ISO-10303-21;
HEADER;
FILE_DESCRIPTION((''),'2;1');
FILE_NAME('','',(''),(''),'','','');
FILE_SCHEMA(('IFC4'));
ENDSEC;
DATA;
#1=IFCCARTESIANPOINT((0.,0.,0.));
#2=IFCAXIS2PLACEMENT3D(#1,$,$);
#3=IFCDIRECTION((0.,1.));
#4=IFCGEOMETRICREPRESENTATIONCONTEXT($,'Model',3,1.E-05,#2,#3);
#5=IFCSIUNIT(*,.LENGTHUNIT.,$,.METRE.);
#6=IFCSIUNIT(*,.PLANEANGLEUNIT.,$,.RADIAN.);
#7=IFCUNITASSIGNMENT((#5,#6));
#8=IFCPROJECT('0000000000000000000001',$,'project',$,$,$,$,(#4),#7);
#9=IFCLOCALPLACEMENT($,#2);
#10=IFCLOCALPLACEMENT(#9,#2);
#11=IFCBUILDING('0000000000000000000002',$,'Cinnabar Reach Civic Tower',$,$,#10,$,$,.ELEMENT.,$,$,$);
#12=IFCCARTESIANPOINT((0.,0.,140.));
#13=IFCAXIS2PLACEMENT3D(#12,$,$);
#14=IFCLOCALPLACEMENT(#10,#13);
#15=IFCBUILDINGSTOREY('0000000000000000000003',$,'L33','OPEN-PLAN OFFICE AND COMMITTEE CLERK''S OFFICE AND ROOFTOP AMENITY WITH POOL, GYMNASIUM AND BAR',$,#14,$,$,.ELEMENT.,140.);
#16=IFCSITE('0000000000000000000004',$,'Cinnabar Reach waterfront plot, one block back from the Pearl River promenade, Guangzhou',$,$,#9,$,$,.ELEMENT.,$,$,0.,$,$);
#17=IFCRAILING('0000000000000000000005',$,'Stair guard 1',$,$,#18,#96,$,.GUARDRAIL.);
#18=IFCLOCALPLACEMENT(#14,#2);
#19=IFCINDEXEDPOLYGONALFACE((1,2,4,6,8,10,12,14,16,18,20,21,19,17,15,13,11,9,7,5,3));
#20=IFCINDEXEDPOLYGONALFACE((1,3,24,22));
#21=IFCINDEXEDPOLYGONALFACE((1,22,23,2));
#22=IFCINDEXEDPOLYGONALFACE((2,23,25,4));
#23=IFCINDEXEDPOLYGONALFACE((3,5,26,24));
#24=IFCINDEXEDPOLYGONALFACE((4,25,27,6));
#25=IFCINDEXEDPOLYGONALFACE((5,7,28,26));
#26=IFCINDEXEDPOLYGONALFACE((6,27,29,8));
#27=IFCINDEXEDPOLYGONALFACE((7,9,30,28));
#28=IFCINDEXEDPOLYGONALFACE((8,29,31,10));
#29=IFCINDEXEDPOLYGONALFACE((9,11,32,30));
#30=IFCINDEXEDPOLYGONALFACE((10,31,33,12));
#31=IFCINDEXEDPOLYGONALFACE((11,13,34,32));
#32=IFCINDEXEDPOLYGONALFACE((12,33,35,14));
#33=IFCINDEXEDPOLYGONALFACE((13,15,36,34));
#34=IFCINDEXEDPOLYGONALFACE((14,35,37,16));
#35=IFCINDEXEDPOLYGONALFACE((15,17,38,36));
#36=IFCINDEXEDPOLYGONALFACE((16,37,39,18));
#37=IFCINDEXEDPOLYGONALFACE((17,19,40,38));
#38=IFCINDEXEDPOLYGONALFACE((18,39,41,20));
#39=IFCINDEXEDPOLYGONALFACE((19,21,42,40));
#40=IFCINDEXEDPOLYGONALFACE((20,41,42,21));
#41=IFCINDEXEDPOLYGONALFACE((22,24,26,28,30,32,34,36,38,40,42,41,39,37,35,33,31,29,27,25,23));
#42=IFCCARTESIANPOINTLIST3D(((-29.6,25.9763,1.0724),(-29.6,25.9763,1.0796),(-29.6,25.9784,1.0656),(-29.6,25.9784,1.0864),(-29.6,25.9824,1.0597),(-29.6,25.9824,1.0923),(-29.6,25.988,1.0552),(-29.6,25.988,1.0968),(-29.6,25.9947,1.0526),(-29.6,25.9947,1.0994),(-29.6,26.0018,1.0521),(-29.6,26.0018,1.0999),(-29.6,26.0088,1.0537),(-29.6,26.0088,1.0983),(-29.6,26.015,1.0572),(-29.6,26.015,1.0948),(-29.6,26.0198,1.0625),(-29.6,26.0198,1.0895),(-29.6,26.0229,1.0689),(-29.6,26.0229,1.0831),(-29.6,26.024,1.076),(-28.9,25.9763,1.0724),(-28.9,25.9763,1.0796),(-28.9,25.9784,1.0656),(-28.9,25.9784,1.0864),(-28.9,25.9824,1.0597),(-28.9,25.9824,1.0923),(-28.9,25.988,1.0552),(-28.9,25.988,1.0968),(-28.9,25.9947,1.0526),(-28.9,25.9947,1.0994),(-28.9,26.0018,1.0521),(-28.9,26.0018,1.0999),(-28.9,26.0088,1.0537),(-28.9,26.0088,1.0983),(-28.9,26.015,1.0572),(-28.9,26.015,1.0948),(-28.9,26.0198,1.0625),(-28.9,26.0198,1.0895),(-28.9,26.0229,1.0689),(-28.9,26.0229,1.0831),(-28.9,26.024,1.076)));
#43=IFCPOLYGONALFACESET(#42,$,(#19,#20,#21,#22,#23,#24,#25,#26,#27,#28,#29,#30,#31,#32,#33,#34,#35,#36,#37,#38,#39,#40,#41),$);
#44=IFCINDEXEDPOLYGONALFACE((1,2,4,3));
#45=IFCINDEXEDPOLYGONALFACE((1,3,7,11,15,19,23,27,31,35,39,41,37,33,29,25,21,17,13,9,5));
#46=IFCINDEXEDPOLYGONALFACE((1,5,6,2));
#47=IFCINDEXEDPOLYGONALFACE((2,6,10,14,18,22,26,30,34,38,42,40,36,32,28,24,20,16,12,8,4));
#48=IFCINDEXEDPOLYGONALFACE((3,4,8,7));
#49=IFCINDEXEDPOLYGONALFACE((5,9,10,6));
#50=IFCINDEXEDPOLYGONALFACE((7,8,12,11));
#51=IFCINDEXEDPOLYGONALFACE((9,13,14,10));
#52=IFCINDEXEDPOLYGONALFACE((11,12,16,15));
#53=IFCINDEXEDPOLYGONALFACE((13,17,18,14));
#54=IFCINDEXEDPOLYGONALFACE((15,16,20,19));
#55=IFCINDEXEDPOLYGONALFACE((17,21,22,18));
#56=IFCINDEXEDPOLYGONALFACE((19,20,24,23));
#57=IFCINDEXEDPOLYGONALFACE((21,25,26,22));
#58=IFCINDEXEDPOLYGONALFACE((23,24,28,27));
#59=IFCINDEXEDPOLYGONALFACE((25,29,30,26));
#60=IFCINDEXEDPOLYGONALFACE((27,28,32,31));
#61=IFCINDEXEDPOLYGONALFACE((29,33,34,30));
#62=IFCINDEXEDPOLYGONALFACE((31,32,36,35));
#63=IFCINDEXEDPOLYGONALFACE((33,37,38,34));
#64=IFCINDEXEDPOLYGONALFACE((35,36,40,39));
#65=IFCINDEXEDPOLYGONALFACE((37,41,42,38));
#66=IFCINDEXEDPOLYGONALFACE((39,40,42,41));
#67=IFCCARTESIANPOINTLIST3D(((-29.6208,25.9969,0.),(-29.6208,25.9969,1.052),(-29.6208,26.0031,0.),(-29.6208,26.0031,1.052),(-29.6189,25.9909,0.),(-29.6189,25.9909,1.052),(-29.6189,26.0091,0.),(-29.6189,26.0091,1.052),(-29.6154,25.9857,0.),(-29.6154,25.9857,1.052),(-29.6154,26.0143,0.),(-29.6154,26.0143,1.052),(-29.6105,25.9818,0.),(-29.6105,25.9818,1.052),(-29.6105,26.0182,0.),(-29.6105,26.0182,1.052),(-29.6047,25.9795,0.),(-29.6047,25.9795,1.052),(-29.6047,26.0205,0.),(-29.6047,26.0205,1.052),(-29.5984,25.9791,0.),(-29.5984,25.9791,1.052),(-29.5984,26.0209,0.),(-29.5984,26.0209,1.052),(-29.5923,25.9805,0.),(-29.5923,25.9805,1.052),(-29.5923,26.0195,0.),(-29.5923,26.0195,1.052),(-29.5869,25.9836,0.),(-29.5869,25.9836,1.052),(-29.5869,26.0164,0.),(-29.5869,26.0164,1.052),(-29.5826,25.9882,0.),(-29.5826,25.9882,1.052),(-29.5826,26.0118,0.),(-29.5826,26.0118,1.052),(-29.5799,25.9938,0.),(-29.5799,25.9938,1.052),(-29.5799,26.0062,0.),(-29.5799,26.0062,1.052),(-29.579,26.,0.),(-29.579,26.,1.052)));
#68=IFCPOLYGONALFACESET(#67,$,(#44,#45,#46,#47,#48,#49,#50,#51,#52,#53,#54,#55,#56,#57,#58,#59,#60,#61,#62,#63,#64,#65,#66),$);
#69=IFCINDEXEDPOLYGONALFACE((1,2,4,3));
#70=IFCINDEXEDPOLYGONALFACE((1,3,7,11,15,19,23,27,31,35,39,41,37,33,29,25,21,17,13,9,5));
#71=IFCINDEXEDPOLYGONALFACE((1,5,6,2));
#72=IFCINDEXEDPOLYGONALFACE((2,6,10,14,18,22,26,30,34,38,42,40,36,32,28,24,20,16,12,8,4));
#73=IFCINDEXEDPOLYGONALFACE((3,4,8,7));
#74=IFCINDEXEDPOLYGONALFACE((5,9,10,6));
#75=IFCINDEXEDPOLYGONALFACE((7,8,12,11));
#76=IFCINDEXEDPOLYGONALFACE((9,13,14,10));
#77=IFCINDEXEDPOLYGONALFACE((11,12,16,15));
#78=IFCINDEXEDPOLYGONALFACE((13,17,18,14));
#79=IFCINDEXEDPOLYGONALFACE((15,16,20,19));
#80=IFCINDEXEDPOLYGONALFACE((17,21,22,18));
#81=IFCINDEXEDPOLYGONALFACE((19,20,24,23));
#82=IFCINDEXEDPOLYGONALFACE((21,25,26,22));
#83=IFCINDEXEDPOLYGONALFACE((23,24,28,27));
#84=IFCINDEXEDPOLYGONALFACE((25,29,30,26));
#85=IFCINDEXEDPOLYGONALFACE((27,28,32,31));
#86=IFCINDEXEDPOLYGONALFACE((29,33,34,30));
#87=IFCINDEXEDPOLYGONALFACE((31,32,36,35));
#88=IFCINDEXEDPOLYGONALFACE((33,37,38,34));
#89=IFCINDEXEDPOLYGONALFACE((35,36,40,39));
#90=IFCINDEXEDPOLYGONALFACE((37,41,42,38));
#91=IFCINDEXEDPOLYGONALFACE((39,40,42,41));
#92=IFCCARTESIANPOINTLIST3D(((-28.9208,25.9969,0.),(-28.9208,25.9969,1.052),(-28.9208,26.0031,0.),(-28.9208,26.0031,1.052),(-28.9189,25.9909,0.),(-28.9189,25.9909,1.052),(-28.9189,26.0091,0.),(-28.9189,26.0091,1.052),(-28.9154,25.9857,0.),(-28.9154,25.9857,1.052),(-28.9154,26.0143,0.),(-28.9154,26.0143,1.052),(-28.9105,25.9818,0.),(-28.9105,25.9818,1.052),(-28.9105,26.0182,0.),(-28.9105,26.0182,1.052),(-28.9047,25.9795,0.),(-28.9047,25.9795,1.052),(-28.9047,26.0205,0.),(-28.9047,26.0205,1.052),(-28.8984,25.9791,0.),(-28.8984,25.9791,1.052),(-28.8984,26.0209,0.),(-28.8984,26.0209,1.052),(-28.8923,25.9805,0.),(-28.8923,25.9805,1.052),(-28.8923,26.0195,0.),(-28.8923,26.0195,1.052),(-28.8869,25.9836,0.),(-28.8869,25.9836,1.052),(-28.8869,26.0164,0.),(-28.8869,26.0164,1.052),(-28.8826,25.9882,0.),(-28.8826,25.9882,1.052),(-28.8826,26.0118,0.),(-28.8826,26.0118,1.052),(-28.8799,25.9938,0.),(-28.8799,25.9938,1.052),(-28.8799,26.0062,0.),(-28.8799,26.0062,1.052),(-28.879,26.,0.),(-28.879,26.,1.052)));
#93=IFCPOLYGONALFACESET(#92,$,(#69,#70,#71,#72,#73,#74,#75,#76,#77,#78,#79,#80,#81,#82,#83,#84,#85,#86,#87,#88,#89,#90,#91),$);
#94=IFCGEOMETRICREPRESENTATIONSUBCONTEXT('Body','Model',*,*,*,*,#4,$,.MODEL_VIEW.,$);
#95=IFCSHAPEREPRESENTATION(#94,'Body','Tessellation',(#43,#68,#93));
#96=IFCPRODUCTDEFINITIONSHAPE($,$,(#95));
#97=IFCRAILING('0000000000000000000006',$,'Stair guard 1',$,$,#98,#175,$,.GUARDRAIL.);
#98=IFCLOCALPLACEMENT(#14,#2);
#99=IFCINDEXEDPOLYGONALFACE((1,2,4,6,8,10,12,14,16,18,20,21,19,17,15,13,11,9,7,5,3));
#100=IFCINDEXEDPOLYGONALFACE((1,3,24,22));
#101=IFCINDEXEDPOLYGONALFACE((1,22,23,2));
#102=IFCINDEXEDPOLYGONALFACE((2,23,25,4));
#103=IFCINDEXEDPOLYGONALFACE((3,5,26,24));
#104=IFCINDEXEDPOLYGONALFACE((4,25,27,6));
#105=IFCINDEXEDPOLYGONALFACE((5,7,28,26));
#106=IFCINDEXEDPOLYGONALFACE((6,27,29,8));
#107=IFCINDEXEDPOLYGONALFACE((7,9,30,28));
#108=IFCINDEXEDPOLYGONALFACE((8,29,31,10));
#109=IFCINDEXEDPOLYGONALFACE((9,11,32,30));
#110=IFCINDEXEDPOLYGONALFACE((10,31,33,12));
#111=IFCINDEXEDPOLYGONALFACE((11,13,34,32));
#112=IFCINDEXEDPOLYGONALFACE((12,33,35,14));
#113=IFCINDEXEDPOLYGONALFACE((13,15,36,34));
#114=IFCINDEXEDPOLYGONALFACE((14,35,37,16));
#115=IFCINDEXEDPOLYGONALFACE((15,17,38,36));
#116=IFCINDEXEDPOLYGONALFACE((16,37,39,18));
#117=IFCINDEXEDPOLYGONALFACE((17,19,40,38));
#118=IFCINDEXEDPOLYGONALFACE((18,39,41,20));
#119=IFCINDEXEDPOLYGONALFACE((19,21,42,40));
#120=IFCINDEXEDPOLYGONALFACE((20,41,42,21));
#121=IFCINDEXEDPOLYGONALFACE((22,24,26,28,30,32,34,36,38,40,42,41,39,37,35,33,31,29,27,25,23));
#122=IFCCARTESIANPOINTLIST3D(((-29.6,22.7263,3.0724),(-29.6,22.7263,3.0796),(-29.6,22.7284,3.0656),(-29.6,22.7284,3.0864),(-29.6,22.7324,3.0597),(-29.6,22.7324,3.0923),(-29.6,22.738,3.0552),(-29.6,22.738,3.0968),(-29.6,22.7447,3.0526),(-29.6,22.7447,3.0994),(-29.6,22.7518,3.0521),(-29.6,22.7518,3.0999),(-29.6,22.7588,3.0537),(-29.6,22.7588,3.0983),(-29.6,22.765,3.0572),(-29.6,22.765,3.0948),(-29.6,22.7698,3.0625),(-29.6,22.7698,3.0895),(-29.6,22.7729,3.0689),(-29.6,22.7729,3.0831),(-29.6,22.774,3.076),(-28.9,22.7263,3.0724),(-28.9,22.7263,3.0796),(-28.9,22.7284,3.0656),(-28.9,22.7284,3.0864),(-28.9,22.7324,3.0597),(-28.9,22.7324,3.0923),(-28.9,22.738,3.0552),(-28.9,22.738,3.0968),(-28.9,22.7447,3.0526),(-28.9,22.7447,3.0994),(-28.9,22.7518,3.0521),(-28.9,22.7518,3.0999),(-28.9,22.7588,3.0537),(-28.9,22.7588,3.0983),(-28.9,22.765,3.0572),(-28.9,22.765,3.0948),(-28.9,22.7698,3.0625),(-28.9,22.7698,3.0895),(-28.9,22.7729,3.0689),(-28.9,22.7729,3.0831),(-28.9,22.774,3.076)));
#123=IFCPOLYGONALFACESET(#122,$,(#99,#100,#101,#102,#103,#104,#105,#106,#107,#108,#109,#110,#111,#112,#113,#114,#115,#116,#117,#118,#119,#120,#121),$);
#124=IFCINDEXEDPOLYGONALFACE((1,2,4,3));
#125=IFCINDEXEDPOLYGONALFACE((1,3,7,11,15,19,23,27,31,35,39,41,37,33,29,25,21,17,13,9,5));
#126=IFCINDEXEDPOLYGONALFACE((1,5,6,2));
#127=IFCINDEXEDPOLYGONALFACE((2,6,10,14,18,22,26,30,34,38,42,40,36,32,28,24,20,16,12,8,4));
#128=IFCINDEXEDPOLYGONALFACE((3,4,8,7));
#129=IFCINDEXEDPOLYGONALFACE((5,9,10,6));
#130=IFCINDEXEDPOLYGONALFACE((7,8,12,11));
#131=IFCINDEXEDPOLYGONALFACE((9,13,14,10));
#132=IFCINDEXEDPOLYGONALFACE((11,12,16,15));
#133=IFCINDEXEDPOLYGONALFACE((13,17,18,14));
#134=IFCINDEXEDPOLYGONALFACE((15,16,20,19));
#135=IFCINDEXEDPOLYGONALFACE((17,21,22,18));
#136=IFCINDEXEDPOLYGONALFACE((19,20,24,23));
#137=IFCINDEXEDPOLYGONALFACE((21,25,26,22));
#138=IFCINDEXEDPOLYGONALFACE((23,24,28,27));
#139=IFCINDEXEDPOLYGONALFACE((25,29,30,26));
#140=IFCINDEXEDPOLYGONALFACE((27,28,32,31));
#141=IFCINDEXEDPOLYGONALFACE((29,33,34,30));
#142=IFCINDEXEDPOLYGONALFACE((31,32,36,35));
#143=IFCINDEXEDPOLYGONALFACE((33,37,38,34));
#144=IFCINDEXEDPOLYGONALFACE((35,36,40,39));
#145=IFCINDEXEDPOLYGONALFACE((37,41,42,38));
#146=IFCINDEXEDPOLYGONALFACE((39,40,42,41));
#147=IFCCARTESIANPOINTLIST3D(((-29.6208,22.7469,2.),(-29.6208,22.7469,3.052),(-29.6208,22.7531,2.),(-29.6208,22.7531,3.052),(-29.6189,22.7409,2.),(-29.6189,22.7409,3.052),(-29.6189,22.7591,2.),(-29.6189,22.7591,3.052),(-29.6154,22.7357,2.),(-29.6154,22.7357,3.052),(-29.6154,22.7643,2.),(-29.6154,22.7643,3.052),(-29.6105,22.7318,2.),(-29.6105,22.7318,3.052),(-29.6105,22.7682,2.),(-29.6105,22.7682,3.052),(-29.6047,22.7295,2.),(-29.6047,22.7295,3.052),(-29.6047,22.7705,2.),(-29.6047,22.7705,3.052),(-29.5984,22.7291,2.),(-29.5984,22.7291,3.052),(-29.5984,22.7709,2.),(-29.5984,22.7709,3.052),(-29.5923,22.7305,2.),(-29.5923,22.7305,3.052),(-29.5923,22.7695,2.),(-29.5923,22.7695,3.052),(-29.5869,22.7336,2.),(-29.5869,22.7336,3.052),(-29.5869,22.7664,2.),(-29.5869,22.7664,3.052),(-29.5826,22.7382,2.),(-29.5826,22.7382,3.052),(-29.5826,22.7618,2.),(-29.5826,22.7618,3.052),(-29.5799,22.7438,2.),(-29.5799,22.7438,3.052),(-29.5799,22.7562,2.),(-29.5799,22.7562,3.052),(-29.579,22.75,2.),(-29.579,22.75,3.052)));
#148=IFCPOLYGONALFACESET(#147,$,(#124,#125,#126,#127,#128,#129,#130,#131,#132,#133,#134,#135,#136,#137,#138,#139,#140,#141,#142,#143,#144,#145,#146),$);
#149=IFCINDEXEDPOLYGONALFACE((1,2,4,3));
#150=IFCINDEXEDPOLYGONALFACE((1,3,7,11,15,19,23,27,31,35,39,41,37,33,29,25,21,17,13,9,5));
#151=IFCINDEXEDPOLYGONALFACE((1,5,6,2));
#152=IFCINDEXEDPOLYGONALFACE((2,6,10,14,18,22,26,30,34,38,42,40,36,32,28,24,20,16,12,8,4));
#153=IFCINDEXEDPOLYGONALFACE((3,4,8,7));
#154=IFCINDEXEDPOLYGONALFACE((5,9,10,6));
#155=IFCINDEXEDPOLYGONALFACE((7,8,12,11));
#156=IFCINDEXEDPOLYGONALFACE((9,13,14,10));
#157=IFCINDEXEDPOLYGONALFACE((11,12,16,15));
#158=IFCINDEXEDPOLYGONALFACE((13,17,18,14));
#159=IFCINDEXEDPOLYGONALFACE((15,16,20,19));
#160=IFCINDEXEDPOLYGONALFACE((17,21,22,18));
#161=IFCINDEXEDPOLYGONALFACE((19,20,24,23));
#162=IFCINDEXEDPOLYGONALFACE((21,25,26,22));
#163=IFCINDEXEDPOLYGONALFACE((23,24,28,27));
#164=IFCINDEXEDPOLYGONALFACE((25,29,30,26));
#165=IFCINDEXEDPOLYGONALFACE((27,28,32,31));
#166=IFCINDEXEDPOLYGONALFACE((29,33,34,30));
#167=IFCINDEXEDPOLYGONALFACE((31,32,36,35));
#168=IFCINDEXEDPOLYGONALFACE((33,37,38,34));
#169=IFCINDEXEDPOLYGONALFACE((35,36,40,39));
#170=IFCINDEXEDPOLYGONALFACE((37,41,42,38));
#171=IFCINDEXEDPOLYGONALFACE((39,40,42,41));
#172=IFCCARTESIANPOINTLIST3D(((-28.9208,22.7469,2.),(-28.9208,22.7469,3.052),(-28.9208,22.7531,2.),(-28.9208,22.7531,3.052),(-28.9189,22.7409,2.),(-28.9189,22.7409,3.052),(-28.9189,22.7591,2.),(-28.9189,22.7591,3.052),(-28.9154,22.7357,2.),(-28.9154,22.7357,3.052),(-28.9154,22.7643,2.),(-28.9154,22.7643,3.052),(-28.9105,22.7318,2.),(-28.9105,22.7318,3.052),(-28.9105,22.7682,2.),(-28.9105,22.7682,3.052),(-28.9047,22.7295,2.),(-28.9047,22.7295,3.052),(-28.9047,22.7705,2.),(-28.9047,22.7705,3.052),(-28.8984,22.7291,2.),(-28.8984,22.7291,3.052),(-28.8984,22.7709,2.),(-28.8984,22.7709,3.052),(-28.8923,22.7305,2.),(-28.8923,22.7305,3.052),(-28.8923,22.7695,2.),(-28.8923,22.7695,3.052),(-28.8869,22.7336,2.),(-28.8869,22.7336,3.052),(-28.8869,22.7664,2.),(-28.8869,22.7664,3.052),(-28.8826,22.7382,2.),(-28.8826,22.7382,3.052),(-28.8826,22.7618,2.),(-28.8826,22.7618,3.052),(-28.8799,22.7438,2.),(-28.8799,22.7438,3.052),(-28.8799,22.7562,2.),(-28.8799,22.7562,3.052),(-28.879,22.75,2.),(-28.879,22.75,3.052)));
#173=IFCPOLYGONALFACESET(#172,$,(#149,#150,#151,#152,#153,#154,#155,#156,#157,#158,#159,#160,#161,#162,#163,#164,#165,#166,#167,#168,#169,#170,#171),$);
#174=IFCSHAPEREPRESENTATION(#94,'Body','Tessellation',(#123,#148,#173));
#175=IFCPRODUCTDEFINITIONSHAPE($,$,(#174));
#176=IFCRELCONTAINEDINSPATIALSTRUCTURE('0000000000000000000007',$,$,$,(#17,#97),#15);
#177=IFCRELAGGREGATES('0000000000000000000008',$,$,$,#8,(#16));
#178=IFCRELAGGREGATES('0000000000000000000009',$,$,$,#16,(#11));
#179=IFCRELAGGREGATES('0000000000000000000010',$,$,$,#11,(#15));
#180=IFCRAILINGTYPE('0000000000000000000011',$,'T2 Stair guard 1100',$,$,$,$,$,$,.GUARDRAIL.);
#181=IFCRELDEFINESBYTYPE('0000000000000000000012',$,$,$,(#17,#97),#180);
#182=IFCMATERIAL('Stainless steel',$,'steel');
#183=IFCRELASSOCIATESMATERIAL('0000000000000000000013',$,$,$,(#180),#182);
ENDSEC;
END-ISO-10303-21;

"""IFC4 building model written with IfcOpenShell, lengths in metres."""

from ifc_helpers import new_model, si_unit, direction, frame, origin, origin_2d, place, context, subcontext, project, spatial, circle, extrude, material, type_object, element, save


model = new_model("IFC4")

# Units and contexts
model_context = context("Model", 3, precision=1e-05, world=origin(), true_north=direction((0.0, 1.0)))
body_context = subcontext(model_context, "Body", "Model", "MODEL_VIEW")
ifc_project = project(units=[si_unit("LENGTHUNIT", "METRE"), si_unit("PLANEANGLEUNIT", "RADIAN")], contexts=[model_context])

# Site, building, storey
site_placement = place(None, origin())
site = spatial("IfcSite", under=ifc_project, at=site_placement, Name="Cinnabar Reach waterfront plot, one block back from the Pearl River promenade, Guangzhou", CompositionType="ELEMENT", RefElevation=0.0)
building_placement = place(site_placement, origin())
building = spatial("IfcBuilding", under=site, at=building_placement, Name="Cinnabar Reach Civic Tower", CompositionType="ELEMENT")
storey_placement = place(building_placement, frame((0.0, 0.0, 140.0)))
storey = spatial("IfcBuildingStorey", under=building, at=storey_placement, Name="L33", Description="OPEN-PLAN OFFICE AND COMMITTEE CLERK'S OFFICE AND ROOFTOP AMENITY WITH POOL, GYMNASIUM AND BAR", CompositionType="ELEMENT", Elevation=140.0)

# Railings
ifc_material_1 = material(Name="Stainless steel", Category="steel")
railing_type = type_object("IfcRailingType", Name="T2 Stair guard 1100", PredefinedType="GUARDRAIL", material=ifc_material_1)
for number, where, name in (
    (1, (-29.6, 26.0, 0.0), "Stair guard 1"),
    (2, (-29.6, 22.75, 2.0), "Stair guard 1"),
):
    element("IfcRailing", number, at=place(storey_placement, frame(where)), inside=storey, type_object=railing_type, Name=name, PredefinedType="GUARDRAIL", context=body_context, shape_type="SweptSolid", body=[
        extrude(circle(Radius=0.024, at=origin_2d()), frame((0.0, 0.0, 1.076), z_axis=(1.0, 0.0, 0.0), x_axis=(0.0, 1.0, 0.0)), (0.0, 0.0, 1.0), 0.7),
        extrude(circle(Radius=0.021, at=origin_2d()), origin(), (0.0, 0.0, 1.0), 1.052),
        extrude(circle(Radius=0.021, at=origin_2d()), frame((0.7, 0.0, 0.0)), (0.0, 0.0, 1.0), 1.052),
    ])

save(model, "model.ifc")
